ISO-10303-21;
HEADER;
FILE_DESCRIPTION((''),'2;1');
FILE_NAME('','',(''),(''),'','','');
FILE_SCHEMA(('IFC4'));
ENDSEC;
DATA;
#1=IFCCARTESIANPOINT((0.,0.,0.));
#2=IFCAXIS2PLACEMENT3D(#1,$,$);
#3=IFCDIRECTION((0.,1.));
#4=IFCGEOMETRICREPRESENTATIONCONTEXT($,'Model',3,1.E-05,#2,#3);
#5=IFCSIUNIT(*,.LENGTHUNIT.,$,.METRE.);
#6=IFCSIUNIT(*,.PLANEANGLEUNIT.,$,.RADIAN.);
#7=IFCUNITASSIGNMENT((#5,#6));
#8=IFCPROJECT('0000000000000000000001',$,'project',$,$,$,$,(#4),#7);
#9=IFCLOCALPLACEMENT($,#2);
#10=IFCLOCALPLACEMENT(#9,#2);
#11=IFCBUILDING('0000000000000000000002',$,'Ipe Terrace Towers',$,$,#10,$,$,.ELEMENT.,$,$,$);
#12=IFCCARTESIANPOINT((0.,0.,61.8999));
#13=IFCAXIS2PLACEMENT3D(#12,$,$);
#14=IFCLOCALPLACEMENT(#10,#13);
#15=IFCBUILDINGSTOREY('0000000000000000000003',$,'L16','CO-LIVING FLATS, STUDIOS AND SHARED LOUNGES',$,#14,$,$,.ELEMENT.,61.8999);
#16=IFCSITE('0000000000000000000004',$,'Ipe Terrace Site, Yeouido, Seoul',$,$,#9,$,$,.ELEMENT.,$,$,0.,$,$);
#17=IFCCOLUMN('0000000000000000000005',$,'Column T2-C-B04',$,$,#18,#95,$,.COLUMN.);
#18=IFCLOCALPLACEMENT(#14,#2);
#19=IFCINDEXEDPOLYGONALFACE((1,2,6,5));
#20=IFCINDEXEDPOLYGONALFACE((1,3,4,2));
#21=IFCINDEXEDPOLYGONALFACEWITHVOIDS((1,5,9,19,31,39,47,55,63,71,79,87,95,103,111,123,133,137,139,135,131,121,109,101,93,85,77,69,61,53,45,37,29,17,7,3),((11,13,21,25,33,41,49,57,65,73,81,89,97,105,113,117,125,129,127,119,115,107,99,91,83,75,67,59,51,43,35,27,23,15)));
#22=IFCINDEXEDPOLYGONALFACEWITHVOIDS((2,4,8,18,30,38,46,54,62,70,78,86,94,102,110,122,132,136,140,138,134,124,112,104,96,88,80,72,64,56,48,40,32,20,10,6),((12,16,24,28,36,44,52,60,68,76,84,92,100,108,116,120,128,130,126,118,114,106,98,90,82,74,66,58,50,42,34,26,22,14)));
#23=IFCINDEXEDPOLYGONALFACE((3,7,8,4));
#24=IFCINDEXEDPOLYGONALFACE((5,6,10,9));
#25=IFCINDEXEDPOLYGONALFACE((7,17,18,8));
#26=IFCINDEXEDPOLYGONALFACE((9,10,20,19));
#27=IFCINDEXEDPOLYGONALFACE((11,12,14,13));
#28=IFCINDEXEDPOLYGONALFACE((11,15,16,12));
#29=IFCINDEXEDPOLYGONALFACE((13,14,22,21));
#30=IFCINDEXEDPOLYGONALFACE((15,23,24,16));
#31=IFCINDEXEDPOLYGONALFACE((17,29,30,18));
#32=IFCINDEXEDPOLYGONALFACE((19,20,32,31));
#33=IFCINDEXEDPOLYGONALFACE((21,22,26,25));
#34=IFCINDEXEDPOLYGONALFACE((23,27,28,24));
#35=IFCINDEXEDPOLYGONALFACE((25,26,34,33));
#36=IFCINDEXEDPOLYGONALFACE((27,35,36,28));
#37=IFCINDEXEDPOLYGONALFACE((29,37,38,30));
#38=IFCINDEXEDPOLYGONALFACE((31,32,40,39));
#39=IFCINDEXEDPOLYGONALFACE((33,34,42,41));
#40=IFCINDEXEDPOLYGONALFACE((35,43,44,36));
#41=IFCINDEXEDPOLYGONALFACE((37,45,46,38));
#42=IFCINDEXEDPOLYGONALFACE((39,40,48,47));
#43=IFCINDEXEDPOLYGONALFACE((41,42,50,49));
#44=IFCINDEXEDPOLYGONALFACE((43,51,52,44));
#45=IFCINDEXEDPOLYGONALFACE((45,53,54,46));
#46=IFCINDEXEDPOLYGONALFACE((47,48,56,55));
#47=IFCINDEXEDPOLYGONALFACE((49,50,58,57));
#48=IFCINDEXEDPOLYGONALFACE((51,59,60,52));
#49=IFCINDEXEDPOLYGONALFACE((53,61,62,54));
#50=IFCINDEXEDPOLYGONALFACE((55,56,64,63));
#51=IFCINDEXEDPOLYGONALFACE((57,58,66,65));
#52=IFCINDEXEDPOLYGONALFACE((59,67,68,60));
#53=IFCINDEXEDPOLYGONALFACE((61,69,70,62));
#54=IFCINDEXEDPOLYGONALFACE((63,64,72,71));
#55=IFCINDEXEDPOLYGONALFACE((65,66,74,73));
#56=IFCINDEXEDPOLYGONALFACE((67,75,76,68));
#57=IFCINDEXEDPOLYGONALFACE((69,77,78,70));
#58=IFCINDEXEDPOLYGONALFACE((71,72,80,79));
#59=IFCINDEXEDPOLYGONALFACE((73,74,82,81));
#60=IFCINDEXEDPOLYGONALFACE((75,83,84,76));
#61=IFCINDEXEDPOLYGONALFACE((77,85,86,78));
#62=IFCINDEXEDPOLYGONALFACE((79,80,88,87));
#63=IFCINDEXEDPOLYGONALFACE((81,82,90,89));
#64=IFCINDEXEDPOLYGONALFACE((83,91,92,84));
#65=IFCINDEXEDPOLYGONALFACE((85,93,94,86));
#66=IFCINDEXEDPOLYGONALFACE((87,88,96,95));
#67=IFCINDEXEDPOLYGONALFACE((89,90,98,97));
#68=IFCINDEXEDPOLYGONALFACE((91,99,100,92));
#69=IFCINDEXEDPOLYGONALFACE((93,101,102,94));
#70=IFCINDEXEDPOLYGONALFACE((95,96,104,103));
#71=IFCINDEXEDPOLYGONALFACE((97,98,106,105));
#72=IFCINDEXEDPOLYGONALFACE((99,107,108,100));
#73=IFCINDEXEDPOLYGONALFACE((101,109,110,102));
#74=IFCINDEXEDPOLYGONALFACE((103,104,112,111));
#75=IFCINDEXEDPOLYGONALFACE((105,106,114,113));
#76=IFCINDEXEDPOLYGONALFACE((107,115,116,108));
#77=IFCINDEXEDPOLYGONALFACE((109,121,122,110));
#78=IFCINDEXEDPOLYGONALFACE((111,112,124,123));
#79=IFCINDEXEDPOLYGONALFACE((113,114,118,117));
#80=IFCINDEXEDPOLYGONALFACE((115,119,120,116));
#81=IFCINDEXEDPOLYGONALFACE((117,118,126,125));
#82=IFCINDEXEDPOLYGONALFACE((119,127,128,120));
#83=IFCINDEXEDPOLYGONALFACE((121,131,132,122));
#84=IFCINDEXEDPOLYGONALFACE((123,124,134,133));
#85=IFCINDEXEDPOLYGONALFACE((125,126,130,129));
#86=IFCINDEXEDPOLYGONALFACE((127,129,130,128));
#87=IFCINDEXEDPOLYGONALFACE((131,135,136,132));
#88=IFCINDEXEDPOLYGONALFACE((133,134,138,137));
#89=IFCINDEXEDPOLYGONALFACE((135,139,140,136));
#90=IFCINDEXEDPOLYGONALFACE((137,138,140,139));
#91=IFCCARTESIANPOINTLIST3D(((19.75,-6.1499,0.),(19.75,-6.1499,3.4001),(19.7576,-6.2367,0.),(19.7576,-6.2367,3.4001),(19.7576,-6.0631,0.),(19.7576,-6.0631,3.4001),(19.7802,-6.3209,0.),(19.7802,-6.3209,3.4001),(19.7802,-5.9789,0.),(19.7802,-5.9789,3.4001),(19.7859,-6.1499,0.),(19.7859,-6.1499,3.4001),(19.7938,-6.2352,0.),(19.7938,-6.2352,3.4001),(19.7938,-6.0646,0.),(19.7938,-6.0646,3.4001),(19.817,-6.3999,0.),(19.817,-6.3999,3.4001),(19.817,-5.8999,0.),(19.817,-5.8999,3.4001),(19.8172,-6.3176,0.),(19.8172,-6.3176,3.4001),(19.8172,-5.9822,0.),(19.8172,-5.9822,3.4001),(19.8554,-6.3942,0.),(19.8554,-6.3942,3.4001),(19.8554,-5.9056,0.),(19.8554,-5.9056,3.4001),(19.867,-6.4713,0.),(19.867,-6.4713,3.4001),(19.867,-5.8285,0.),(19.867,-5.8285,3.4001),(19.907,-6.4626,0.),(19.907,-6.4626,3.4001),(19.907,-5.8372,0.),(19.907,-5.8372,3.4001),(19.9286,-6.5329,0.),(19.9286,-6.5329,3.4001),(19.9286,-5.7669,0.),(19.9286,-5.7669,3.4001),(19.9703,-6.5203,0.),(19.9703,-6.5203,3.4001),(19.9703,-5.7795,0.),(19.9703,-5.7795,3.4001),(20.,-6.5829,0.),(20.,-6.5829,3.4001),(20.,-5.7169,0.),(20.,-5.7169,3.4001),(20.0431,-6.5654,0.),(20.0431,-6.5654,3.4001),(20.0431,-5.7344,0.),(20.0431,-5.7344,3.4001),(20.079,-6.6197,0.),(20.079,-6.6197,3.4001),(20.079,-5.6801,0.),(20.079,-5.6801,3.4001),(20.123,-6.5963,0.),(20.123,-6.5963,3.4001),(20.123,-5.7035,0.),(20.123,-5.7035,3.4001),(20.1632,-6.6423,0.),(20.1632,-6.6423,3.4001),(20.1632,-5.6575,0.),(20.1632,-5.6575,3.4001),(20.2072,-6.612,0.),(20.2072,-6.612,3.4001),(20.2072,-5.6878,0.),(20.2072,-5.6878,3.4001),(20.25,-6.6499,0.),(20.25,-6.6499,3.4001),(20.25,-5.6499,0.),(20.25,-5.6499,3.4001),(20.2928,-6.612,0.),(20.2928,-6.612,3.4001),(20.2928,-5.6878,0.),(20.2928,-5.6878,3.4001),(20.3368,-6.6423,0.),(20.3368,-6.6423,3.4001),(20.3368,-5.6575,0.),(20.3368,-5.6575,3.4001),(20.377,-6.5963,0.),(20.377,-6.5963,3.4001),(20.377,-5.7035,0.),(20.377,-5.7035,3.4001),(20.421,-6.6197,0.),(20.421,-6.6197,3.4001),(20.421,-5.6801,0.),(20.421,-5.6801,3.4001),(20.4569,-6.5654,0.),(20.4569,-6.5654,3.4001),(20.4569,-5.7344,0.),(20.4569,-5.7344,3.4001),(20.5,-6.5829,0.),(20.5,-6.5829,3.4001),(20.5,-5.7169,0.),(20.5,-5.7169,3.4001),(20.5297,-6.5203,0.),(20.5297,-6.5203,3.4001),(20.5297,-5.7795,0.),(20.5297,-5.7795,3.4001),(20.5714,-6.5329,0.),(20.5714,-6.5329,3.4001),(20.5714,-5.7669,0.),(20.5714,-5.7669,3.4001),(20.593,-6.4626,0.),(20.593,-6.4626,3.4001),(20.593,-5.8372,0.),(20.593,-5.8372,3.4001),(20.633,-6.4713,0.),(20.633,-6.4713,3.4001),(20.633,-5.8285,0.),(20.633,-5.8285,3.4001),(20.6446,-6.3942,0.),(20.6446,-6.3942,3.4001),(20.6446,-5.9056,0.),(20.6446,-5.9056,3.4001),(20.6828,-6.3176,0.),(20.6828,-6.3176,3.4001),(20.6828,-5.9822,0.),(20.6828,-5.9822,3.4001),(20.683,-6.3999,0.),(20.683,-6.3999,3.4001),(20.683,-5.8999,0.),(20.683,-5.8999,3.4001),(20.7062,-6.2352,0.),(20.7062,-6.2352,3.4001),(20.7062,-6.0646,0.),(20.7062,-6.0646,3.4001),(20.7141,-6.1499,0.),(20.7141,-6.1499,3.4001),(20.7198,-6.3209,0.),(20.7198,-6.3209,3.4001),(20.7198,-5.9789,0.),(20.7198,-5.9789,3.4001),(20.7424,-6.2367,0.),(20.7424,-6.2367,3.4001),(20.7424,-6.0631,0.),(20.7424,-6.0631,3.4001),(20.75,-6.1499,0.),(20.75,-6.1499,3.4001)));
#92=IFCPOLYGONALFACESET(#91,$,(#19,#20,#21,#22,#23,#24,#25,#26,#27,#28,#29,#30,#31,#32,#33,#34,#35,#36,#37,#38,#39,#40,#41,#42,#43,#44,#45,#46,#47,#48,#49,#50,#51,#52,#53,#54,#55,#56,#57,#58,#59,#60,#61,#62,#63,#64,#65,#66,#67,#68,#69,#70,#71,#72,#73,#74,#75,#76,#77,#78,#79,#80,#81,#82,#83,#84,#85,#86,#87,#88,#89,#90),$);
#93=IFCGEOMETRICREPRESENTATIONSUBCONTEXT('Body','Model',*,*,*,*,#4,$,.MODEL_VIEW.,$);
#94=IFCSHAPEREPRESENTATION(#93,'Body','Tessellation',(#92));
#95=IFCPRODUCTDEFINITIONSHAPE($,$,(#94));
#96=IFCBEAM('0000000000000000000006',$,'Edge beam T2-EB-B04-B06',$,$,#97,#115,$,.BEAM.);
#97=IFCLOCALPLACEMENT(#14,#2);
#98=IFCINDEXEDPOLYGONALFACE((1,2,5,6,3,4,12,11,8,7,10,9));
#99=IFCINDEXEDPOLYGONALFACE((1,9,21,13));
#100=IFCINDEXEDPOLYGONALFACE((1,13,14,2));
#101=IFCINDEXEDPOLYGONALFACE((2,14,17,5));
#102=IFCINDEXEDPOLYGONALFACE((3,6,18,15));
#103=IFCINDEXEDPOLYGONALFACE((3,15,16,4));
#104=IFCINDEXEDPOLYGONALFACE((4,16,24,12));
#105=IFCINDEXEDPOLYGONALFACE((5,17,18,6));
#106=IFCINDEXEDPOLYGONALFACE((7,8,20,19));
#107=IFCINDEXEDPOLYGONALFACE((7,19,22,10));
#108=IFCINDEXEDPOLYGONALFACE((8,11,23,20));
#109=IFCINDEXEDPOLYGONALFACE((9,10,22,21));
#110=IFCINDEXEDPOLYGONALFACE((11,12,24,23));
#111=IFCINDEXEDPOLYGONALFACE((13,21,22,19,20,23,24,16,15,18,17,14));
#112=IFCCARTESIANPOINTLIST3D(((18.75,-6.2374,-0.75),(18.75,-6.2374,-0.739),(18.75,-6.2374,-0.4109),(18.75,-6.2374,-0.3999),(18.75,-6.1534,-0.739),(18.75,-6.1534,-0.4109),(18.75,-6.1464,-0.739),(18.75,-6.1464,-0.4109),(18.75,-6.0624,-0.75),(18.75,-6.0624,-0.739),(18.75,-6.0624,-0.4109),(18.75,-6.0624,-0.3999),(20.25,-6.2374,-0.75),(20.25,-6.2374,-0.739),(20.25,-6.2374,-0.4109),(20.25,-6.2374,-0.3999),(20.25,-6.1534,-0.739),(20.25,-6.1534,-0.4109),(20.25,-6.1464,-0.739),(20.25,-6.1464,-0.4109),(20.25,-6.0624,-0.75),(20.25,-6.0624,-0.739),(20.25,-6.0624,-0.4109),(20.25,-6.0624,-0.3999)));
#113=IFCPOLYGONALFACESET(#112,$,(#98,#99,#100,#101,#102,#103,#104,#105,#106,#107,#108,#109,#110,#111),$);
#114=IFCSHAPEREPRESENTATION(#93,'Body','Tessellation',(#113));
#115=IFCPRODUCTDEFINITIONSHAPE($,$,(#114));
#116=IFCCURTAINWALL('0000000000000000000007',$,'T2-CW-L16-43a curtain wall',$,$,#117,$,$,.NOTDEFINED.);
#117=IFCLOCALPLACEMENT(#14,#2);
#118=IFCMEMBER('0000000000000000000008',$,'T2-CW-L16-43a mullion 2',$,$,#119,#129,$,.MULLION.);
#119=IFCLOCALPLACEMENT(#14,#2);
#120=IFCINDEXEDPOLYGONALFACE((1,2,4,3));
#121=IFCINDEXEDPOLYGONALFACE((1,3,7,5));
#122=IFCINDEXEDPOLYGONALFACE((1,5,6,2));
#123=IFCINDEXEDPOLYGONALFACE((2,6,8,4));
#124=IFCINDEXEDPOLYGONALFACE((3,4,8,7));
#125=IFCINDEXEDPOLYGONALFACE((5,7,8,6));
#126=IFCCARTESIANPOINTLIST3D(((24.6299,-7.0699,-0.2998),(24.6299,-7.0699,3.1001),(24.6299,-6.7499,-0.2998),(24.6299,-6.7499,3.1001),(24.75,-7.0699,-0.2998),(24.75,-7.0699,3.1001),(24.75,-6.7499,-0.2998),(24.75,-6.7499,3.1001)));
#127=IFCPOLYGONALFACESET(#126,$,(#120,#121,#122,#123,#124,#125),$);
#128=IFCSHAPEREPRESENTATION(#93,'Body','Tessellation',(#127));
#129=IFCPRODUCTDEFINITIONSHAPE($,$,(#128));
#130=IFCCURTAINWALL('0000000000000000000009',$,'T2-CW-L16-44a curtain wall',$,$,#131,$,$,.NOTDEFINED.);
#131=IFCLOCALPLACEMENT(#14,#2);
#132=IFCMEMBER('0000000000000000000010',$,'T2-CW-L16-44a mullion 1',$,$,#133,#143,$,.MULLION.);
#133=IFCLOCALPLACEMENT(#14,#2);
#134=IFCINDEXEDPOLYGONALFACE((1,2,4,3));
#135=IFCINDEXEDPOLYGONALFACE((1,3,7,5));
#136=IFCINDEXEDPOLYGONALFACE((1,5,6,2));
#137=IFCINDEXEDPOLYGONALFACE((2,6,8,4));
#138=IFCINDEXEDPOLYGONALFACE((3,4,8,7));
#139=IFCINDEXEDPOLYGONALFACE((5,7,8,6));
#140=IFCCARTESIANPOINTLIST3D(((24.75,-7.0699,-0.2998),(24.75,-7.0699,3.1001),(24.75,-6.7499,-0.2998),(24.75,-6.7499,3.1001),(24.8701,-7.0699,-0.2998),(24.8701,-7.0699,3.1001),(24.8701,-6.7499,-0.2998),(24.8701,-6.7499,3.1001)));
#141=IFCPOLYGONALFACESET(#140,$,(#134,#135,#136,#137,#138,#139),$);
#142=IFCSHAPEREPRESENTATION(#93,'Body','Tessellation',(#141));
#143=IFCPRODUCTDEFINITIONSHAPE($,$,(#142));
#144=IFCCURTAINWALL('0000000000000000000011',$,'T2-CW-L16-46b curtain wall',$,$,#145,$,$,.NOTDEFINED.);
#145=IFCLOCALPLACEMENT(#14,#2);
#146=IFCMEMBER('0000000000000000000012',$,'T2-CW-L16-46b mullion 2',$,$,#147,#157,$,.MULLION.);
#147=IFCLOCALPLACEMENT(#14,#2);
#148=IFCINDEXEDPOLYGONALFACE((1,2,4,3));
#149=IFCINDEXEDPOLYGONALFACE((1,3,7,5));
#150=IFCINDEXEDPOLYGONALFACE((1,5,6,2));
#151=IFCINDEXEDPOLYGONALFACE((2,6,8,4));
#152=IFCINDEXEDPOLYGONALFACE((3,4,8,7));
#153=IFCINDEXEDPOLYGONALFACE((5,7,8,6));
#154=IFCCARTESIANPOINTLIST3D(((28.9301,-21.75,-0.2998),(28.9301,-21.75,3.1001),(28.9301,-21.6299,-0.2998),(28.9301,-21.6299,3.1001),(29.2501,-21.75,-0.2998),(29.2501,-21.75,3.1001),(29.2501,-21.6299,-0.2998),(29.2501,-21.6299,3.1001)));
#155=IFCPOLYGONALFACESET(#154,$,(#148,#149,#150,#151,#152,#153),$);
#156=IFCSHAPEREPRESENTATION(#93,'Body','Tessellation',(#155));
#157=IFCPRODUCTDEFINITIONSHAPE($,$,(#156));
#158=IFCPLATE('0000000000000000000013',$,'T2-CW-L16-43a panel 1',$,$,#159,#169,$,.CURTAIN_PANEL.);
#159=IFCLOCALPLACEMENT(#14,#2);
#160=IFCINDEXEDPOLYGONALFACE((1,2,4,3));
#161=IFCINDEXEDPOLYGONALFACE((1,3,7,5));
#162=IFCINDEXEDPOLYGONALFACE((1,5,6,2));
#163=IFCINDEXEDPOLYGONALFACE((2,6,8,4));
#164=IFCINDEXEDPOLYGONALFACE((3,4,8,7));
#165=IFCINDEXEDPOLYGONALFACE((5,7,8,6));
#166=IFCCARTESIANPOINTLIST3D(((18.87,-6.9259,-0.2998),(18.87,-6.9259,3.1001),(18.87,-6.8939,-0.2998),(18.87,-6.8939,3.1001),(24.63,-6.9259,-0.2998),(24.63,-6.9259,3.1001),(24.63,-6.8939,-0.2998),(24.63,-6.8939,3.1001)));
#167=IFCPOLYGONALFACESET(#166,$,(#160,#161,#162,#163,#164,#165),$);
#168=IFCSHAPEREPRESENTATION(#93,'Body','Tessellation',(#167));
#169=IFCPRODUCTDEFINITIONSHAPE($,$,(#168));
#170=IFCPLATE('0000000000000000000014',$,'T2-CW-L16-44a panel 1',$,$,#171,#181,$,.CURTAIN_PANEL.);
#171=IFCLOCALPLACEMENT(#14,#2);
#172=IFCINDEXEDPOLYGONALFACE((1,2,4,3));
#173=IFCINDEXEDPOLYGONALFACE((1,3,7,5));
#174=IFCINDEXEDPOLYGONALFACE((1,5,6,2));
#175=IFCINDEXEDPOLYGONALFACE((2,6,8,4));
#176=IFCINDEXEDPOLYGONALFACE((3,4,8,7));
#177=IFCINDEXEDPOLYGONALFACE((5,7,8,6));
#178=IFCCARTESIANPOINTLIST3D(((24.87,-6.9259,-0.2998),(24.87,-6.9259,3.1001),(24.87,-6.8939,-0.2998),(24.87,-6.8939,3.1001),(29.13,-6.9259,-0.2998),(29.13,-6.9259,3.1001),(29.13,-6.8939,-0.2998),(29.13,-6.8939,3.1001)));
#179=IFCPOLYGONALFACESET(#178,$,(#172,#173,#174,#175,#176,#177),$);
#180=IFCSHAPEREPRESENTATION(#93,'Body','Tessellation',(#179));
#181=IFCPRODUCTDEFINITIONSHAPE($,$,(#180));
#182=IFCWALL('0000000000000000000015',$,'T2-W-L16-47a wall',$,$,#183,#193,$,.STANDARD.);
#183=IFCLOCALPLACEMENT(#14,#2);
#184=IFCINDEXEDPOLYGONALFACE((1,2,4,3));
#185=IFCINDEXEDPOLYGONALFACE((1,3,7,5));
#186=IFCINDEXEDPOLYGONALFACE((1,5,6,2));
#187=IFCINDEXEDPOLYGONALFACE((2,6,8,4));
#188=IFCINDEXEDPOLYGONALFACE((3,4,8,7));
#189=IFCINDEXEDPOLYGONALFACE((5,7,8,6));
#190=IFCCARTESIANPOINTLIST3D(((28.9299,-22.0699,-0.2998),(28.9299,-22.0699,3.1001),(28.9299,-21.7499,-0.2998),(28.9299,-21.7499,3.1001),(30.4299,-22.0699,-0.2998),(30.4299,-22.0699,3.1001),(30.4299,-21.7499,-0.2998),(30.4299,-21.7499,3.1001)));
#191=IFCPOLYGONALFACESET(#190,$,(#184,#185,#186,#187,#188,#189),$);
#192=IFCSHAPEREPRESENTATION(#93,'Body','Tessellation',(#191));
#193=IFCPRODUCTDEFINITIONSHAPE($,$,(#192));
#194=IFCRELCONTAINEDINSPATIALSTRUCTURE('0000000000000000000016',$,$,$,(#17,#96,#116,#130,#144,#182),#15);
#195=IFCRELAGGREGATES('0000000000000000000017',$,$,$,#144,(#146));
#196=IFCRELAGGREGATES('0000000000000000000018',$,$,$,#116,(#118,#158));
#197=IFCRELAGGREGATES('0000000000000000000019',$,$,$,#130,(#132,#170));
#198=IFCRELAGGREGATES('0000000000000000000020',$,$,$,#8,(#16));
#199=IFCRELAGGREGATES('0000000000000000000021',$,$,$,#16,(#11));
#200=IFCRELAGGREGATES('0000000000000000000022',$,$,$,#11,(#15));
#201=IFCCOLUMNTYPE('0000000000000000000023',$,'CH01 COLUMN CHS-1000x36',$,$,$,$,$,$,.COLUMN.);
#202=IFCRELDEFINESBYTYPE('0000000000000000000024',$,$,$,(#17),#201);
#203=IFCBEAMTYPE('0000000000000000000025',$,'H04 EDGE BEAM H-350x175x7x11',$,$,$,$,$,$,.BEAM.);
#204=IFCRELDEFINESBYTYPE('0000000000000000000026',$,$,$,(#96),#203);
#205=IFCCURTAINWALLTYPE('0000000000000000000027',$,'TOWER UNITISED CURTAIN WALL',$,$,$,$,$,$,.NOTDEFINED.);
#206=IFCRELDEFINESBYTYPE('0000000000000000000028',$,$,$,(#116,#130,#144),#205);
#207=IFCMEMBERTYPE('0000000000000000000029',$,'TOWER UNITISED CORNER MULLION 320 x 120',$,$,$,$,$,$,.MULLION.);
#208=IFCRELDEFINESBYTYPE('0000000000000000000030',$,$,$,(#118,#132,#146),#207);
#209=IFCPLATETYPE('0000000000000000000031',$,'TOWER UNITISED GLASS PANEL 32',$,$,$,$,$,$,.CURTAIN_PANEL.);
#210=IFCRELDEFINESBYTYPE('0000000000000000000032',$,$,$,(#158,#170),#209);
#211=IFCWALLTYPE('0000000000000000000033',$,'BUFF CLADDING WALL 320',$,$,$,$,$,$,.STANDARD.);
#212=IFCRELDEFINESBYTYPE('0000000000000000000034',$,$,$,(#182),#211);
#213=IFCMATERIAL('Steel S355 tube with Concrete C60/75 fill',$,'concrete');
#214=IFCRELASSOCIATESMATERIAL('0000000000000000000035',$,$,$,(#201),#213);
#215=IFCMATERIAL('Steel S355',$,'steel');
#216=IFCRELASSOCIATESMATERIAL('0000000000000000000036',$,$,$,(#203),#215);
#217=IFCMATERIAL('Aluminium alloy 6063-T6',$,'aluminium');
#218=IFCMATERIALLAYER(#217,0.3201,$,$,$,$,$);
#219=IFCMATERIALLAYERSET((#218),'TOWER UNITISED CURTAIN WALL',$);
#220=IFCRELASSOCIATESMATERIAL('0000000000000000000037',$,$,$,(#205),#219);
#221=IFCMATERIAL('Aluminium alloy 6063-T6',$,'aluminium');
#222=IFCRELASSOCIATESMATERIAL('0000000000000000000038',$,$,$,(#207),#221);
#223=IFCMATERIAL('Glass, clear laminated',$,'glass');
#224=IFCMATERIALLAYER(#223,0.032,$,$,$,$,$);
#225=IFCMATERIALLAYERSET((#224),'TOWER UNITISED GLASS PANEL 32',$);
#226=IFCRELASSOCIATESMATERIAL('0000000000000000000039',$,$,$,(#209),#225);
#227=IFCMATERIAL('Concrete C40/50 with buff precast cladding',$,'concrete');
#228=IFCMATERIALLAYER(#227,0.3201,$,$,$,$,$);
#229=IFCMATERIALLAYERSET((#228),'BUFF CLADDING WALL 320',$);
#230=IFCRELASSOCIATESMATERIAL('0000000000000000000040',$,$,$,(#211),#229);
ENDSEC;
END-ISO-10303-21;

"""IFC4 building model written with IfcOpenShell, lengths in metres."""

from ifc_helpers import new_model, si_unit, direction, frame, frame_2d, origin, origin_2d, place, context, subcontext, project, spatial, rectangle, hollow_circle, i_section, extrude, material, layer, layer_set, material_profile, profile_set, type_object, element, aggregate, save


model = new_model("IFC4")

# Units and contexts
model_context = context("Model", 3, precision=1e-05, world=origin(), true_north=direction((0.0, 1.0)))
body_context = subcontext(model_context, "Body", "Model", "MODEL_VIEW")
ifc_project = project(units=[si_unit("LENGTHUNIT", "METRE"), si_unit("PLANEANGLEUNIT", "RADIAN")], contexts=[model_context])

# Site, building, storey
site_placement = place(None, origin())
site = spatial("IfcSite", under=ifc_project, at=site_placement, Name="Ipe Terrace Site, Yeouido, Seoul", CompositionType="ELEMENT", RefElevation=0.0)
building_placement = place(site_placement, origin())
building = spatial("IfcBuilding", under=site, at=building_placement, Name="Ipe Terrace Towers", CompositionType="ELEMENT")
storey_placement = place(building_placement, frame((0.0, 0.0, 61.8999)))
storey = spatial("IfcBuildingStorey", under=building, at=storey_placement, Name="L16", Description="CO-LIVING FLATS, STUDIOS AND SHARED LOUNGES", CompositionType="ELEMENT", Elevation=61.8999)

# Column
ifc_material_1 = material(Name="Steel S355 tube with Concrete C60/75 fill", Category="concrete")
ifc_material_profile_1 = material_profile(ifc_material_1, hollow_circle(Radius=0.5, WallThickness=0.0359, at=origin_2d()), Name="CHS-1000x36")
ifc_profile_set_1 = profile_set([ifc_material_profile_1], Name="Steel S355 tube with Concrete C60/75 fill")
column_type = type_object("IfcColumnType", Name="CH01 COLUMN CHS-1000x36", PredefinedType="COLUMN", material=ifc_profile_set_1)
column_placement = place(storey_placement, frame((20.25, -6.1499, 0.0), z_axis=(0.0, 0.0, 1.0), x_axis=(1.0, 0.0, 0.0)))
element("IfcColumn", 1, at=column_placement, inside=storey, type_object=column_type, Name="Column T2-C-B04", PredefinedType="COLUMN", context=body_context, shape_type="SweptSolid", body=[
    extrude(hollow_circle(Radius=0.5, WallThickness=0.0359, at=origin_2d()), origin(), (0.0, 0.0, 1.0), 3.4001),
])

# Beam
ifc_material_2 = material(Name="Steel S355", Category="steel")
ifc_material_profile_2 = material_profile(ifc_material_2, i_section(OverallWidth=0.175, OverallDepth=0.3501, WebThickness=0.0071, FlangeThickness=0.011, at=origin_2d()), Name="H-350x175x7x11")
ifc_profile_set_2 = profile_set([ifc_material_profile_2], Name="Steel S355")
beam_type = type_object("IfcBeamType", Name="H04 EDGE BEAM H-350x175x7x11", PredefinedType="BEAM", material=ifc_profile_set_2)
beam_placement = place(storey_placement, frame((20.25, -6.1499, -0.575), z_axis=(-1.0, 0.0, 0.0), x_axis=(0.0, -1.0, 0.0)))
element("IfcBeam", 2, at=beam_placement, inside=storey, type_object=beam_type, Name="Edge beam T2-EB-B04-B06", PredefinedType="BEAM", context=body_context, shape_type="SweptSolid", body=[
    extrude(i_section(OverallWidth=0.175, OverallDepth=0.3501, WebThickness=0.0071, FlangeThickness=0.011, at=origin_2d()), origin(), (0.0, 0.0, 1.0), 1.5),
])

# Curtain walls, members
ifc_material_3 = material(Name="Aluminium alloy 6063-T6", Category="aluminium")
ifc_layer_1 = layer(ifc_material_3, 0.3201)
ifc_layer_set_1 = layer_set([ifc_layer_1], Name="TOWER UNITISED CURTAIN WALL")
curtain_wall_type = type_object("IfcCurtainWallType", Name="TOWER UNITISED CURTAIN WALL", PredefinedType="NOTDEFINED", material=ifc_layer_set_1)
curtain_wall_1_placement = place(storey_placement, origin())
curtain_wall_1 = element("IfcCurtainWall", 3, at=curtain_wall_1_placement, inside=storey, type_object=curtain_wall_type, Name="T2-CW-L16-43a curtain wall", PredefinedType="NOTDEFINED")
ifc_material_4 = material(Name="Aluminium alloy 6063-T6", Category="aluminium")
ifc_material_profile_3 = material_profile(ifc_material_4, rectangle(XDim=0.3201, YDim=0.1201, at=origin_2d()), Name="TOWER UNITISED CORNER MULLION 320 x 120")
ifc_profile_set_3 = profile_set([ifc_material_profile_3], Name="Aluminium alloy 6063-T6")
member_type = type_object("IfcMemberType", Name="TOWER UNITISED CORNER MULLION 320 x 120", PredefinedType="MULLION", material=ifc_profile_set_3)
member_1_placement = place(storey_placement, frame((24.6899, -6.9099, -0.2998), z_axis=(0.0, 0.0, 1.0), x_axis=(0.0, -1.0, 0.0)))
member_1 = element("IfcMember", 4, at=member_1_placement, type_object=member_type, Name="T2-CW-L16-43a mullion 2", PredefinedType="MULLION", context=body_context, shape_type="SweptSolid", body=[
    extrude(rectangle(XDim=0.3201, YDim=0.1201, at=origin_2d()), origin(), (0.0, 0.0, 1.0), 3.3999),
])
curtain_wall_2_placement = place(storey_placement, origin())
curtain_wall_2 = element("IfcCurtainWall", 5, at=curtain_wall_2_placement, inside=storey, type_object=curtain_wall_type, Name="T2-CW-L16-44a curtain wall", PredefinedType="NOTDEFINED")
member_2_placement = place(storey_placement, frame((24.8101, -6.9099, -0.2998), z_axis=(0.0, 0.0, 1.0), x_axis=(0.0, -1.0, 0.0)))
member_2 = element("IfcMember", 6, at=member_2_placement, type_object=member_type, Name="T2-CW-L16-44a mullion 1", PredefinedType="MULLION", context=body_context, shape_type="SweptSolid", body=[
    extrude(rectangle(XDim=0.3201, YDim=0.1201, at=origin_2d()), origin(), (0.0, 0.0, 1.0), 3.3999),
])
curtain_wall_3_placement = place(storey_placement, origin())
curtain_wall_3 = element("IfcCurtainWall", 7, at=curtain_wall_3_placement, inside=storey, type_object=curtain_wall_type, Name="T2-CW-L16-46b curtain wall", PredefinedType="NOTDEFINED")
member_3_placement = place(storey_placement, frame((29.0901, -21.6899, -0.2998), z_axis=(0.0, 0.0, 1.0), x_axis=(-1.0, 0.0, 0.0)))
member_3 = element("IfcMember", 8, at=member_3_placement, type_object=member_type, Name="T2-CW-L16-46b mullion 2", PredefinedType="MULLION", context=body_context, shape_type="SweptSolid", body=[
    extrude(rectangle(XDim=0.3201, YDim=0.1201, at=origin_2d()), origin(), (0.0, 0.0, 1.0), 3.3999),
])
aggregate(curtain_wall_3, [member_3])

# Plates
ifc_material_5 = material(Name="Glass, clear laminated", Category="glass")
ifc_layer_2 = layer(ifc_material_5, 0.032)
ifc_layer_set_2 = layer_set([ifc_layer_2], Name="TOWER UNITISED GLASS PANEL 32")
plate_type = type_object("IfcPlateType", Name="TOWER UNITISED GLASS PANEL 32", PredefinedType="CURTAIN_PANEL", material=ifc_layer_set_2)
plate_1_placement = place(storey_placement, frame((21.75, -6.9099, -0.2998), z_axis=(0.0, 0.0, 1.0), x_axis=(1.0, 0.0, 0.0)))
plate_1 = element("IfcPlate", 9, at=plate_1_placement, type_object=plate_type, Name="T2-CW-L16-43a panel 1", PredefinedType="CURTAIN_PANEL", context=body_context, shape_type="SweptSolid", body=[
    extrude(rectangle(XDim=5.76, YDim=0.032, at=origin_2d()), origin(), (0.0, 0.0, 1.0), 3.3999),
])
aggregate(curtain_wall_1, [member_1, plate_1])
plate_2_placement = place(storey_placement, frame((27.0, -6.9099, -0.2998), z_axis=(0.0, 0.0, 1.0), x_axis=(1.0, 0.0, 0.0)))
plate_2 = element("IfcPlate", 10, at=plate_2_placement, type_object=plate_type, Name="T2-CW-L16-44a panel 1", PredefinedType="CURTAIN_PANEL", context=body_context, shape_type="SweptSolid", body=[
    extrude(rectangle(XDim=4.26, YDim=0.032, at=origin_2d()), origin(), (0.0, 0.0, 1.0), 3.3999),
])
aggregate(curtain_wall_2, [member_2, plate_2])

# Wall
ifc_material_6 = material(Name="Concrete C40/50 with buff precast cladding", Category="concrete")
ifc_layer_3 = layer(ifc_material_6, 0.3201)
ifc_layer_set_3 = layer_set([ifc_layer_3], Name="BUFF CLADDING WALL 320")
wall_type_1 = type_object("IfcWallType", Name="BUFF CLADDING WALL 320", PredefinedType="STANDARD", material=ifc_layer_set_3)
wall_1_placement = place(storey_placement, frame((28.9299, -21.9099, -0.2998), z_axis=(0.0, 0.0, 1.0), x_axis=(1.0, 0.0, 0.0)))
element("IfcWall", 11, at=wall_1_placement, inside=storey, type_object=wall_type_1, Name="T2-W-L16-47a wall", PredefinedType="STANDARD", context=body_context, shape_type="SweptSolid", body=[
    extrude(rectangle(XDim=1.5, YDim=0.3201, at=frame_2d((0.75, 0.0))), origin(), (0.0, 0.0, 1.0), 3.3999),
])

save(model, "model.ifc")
